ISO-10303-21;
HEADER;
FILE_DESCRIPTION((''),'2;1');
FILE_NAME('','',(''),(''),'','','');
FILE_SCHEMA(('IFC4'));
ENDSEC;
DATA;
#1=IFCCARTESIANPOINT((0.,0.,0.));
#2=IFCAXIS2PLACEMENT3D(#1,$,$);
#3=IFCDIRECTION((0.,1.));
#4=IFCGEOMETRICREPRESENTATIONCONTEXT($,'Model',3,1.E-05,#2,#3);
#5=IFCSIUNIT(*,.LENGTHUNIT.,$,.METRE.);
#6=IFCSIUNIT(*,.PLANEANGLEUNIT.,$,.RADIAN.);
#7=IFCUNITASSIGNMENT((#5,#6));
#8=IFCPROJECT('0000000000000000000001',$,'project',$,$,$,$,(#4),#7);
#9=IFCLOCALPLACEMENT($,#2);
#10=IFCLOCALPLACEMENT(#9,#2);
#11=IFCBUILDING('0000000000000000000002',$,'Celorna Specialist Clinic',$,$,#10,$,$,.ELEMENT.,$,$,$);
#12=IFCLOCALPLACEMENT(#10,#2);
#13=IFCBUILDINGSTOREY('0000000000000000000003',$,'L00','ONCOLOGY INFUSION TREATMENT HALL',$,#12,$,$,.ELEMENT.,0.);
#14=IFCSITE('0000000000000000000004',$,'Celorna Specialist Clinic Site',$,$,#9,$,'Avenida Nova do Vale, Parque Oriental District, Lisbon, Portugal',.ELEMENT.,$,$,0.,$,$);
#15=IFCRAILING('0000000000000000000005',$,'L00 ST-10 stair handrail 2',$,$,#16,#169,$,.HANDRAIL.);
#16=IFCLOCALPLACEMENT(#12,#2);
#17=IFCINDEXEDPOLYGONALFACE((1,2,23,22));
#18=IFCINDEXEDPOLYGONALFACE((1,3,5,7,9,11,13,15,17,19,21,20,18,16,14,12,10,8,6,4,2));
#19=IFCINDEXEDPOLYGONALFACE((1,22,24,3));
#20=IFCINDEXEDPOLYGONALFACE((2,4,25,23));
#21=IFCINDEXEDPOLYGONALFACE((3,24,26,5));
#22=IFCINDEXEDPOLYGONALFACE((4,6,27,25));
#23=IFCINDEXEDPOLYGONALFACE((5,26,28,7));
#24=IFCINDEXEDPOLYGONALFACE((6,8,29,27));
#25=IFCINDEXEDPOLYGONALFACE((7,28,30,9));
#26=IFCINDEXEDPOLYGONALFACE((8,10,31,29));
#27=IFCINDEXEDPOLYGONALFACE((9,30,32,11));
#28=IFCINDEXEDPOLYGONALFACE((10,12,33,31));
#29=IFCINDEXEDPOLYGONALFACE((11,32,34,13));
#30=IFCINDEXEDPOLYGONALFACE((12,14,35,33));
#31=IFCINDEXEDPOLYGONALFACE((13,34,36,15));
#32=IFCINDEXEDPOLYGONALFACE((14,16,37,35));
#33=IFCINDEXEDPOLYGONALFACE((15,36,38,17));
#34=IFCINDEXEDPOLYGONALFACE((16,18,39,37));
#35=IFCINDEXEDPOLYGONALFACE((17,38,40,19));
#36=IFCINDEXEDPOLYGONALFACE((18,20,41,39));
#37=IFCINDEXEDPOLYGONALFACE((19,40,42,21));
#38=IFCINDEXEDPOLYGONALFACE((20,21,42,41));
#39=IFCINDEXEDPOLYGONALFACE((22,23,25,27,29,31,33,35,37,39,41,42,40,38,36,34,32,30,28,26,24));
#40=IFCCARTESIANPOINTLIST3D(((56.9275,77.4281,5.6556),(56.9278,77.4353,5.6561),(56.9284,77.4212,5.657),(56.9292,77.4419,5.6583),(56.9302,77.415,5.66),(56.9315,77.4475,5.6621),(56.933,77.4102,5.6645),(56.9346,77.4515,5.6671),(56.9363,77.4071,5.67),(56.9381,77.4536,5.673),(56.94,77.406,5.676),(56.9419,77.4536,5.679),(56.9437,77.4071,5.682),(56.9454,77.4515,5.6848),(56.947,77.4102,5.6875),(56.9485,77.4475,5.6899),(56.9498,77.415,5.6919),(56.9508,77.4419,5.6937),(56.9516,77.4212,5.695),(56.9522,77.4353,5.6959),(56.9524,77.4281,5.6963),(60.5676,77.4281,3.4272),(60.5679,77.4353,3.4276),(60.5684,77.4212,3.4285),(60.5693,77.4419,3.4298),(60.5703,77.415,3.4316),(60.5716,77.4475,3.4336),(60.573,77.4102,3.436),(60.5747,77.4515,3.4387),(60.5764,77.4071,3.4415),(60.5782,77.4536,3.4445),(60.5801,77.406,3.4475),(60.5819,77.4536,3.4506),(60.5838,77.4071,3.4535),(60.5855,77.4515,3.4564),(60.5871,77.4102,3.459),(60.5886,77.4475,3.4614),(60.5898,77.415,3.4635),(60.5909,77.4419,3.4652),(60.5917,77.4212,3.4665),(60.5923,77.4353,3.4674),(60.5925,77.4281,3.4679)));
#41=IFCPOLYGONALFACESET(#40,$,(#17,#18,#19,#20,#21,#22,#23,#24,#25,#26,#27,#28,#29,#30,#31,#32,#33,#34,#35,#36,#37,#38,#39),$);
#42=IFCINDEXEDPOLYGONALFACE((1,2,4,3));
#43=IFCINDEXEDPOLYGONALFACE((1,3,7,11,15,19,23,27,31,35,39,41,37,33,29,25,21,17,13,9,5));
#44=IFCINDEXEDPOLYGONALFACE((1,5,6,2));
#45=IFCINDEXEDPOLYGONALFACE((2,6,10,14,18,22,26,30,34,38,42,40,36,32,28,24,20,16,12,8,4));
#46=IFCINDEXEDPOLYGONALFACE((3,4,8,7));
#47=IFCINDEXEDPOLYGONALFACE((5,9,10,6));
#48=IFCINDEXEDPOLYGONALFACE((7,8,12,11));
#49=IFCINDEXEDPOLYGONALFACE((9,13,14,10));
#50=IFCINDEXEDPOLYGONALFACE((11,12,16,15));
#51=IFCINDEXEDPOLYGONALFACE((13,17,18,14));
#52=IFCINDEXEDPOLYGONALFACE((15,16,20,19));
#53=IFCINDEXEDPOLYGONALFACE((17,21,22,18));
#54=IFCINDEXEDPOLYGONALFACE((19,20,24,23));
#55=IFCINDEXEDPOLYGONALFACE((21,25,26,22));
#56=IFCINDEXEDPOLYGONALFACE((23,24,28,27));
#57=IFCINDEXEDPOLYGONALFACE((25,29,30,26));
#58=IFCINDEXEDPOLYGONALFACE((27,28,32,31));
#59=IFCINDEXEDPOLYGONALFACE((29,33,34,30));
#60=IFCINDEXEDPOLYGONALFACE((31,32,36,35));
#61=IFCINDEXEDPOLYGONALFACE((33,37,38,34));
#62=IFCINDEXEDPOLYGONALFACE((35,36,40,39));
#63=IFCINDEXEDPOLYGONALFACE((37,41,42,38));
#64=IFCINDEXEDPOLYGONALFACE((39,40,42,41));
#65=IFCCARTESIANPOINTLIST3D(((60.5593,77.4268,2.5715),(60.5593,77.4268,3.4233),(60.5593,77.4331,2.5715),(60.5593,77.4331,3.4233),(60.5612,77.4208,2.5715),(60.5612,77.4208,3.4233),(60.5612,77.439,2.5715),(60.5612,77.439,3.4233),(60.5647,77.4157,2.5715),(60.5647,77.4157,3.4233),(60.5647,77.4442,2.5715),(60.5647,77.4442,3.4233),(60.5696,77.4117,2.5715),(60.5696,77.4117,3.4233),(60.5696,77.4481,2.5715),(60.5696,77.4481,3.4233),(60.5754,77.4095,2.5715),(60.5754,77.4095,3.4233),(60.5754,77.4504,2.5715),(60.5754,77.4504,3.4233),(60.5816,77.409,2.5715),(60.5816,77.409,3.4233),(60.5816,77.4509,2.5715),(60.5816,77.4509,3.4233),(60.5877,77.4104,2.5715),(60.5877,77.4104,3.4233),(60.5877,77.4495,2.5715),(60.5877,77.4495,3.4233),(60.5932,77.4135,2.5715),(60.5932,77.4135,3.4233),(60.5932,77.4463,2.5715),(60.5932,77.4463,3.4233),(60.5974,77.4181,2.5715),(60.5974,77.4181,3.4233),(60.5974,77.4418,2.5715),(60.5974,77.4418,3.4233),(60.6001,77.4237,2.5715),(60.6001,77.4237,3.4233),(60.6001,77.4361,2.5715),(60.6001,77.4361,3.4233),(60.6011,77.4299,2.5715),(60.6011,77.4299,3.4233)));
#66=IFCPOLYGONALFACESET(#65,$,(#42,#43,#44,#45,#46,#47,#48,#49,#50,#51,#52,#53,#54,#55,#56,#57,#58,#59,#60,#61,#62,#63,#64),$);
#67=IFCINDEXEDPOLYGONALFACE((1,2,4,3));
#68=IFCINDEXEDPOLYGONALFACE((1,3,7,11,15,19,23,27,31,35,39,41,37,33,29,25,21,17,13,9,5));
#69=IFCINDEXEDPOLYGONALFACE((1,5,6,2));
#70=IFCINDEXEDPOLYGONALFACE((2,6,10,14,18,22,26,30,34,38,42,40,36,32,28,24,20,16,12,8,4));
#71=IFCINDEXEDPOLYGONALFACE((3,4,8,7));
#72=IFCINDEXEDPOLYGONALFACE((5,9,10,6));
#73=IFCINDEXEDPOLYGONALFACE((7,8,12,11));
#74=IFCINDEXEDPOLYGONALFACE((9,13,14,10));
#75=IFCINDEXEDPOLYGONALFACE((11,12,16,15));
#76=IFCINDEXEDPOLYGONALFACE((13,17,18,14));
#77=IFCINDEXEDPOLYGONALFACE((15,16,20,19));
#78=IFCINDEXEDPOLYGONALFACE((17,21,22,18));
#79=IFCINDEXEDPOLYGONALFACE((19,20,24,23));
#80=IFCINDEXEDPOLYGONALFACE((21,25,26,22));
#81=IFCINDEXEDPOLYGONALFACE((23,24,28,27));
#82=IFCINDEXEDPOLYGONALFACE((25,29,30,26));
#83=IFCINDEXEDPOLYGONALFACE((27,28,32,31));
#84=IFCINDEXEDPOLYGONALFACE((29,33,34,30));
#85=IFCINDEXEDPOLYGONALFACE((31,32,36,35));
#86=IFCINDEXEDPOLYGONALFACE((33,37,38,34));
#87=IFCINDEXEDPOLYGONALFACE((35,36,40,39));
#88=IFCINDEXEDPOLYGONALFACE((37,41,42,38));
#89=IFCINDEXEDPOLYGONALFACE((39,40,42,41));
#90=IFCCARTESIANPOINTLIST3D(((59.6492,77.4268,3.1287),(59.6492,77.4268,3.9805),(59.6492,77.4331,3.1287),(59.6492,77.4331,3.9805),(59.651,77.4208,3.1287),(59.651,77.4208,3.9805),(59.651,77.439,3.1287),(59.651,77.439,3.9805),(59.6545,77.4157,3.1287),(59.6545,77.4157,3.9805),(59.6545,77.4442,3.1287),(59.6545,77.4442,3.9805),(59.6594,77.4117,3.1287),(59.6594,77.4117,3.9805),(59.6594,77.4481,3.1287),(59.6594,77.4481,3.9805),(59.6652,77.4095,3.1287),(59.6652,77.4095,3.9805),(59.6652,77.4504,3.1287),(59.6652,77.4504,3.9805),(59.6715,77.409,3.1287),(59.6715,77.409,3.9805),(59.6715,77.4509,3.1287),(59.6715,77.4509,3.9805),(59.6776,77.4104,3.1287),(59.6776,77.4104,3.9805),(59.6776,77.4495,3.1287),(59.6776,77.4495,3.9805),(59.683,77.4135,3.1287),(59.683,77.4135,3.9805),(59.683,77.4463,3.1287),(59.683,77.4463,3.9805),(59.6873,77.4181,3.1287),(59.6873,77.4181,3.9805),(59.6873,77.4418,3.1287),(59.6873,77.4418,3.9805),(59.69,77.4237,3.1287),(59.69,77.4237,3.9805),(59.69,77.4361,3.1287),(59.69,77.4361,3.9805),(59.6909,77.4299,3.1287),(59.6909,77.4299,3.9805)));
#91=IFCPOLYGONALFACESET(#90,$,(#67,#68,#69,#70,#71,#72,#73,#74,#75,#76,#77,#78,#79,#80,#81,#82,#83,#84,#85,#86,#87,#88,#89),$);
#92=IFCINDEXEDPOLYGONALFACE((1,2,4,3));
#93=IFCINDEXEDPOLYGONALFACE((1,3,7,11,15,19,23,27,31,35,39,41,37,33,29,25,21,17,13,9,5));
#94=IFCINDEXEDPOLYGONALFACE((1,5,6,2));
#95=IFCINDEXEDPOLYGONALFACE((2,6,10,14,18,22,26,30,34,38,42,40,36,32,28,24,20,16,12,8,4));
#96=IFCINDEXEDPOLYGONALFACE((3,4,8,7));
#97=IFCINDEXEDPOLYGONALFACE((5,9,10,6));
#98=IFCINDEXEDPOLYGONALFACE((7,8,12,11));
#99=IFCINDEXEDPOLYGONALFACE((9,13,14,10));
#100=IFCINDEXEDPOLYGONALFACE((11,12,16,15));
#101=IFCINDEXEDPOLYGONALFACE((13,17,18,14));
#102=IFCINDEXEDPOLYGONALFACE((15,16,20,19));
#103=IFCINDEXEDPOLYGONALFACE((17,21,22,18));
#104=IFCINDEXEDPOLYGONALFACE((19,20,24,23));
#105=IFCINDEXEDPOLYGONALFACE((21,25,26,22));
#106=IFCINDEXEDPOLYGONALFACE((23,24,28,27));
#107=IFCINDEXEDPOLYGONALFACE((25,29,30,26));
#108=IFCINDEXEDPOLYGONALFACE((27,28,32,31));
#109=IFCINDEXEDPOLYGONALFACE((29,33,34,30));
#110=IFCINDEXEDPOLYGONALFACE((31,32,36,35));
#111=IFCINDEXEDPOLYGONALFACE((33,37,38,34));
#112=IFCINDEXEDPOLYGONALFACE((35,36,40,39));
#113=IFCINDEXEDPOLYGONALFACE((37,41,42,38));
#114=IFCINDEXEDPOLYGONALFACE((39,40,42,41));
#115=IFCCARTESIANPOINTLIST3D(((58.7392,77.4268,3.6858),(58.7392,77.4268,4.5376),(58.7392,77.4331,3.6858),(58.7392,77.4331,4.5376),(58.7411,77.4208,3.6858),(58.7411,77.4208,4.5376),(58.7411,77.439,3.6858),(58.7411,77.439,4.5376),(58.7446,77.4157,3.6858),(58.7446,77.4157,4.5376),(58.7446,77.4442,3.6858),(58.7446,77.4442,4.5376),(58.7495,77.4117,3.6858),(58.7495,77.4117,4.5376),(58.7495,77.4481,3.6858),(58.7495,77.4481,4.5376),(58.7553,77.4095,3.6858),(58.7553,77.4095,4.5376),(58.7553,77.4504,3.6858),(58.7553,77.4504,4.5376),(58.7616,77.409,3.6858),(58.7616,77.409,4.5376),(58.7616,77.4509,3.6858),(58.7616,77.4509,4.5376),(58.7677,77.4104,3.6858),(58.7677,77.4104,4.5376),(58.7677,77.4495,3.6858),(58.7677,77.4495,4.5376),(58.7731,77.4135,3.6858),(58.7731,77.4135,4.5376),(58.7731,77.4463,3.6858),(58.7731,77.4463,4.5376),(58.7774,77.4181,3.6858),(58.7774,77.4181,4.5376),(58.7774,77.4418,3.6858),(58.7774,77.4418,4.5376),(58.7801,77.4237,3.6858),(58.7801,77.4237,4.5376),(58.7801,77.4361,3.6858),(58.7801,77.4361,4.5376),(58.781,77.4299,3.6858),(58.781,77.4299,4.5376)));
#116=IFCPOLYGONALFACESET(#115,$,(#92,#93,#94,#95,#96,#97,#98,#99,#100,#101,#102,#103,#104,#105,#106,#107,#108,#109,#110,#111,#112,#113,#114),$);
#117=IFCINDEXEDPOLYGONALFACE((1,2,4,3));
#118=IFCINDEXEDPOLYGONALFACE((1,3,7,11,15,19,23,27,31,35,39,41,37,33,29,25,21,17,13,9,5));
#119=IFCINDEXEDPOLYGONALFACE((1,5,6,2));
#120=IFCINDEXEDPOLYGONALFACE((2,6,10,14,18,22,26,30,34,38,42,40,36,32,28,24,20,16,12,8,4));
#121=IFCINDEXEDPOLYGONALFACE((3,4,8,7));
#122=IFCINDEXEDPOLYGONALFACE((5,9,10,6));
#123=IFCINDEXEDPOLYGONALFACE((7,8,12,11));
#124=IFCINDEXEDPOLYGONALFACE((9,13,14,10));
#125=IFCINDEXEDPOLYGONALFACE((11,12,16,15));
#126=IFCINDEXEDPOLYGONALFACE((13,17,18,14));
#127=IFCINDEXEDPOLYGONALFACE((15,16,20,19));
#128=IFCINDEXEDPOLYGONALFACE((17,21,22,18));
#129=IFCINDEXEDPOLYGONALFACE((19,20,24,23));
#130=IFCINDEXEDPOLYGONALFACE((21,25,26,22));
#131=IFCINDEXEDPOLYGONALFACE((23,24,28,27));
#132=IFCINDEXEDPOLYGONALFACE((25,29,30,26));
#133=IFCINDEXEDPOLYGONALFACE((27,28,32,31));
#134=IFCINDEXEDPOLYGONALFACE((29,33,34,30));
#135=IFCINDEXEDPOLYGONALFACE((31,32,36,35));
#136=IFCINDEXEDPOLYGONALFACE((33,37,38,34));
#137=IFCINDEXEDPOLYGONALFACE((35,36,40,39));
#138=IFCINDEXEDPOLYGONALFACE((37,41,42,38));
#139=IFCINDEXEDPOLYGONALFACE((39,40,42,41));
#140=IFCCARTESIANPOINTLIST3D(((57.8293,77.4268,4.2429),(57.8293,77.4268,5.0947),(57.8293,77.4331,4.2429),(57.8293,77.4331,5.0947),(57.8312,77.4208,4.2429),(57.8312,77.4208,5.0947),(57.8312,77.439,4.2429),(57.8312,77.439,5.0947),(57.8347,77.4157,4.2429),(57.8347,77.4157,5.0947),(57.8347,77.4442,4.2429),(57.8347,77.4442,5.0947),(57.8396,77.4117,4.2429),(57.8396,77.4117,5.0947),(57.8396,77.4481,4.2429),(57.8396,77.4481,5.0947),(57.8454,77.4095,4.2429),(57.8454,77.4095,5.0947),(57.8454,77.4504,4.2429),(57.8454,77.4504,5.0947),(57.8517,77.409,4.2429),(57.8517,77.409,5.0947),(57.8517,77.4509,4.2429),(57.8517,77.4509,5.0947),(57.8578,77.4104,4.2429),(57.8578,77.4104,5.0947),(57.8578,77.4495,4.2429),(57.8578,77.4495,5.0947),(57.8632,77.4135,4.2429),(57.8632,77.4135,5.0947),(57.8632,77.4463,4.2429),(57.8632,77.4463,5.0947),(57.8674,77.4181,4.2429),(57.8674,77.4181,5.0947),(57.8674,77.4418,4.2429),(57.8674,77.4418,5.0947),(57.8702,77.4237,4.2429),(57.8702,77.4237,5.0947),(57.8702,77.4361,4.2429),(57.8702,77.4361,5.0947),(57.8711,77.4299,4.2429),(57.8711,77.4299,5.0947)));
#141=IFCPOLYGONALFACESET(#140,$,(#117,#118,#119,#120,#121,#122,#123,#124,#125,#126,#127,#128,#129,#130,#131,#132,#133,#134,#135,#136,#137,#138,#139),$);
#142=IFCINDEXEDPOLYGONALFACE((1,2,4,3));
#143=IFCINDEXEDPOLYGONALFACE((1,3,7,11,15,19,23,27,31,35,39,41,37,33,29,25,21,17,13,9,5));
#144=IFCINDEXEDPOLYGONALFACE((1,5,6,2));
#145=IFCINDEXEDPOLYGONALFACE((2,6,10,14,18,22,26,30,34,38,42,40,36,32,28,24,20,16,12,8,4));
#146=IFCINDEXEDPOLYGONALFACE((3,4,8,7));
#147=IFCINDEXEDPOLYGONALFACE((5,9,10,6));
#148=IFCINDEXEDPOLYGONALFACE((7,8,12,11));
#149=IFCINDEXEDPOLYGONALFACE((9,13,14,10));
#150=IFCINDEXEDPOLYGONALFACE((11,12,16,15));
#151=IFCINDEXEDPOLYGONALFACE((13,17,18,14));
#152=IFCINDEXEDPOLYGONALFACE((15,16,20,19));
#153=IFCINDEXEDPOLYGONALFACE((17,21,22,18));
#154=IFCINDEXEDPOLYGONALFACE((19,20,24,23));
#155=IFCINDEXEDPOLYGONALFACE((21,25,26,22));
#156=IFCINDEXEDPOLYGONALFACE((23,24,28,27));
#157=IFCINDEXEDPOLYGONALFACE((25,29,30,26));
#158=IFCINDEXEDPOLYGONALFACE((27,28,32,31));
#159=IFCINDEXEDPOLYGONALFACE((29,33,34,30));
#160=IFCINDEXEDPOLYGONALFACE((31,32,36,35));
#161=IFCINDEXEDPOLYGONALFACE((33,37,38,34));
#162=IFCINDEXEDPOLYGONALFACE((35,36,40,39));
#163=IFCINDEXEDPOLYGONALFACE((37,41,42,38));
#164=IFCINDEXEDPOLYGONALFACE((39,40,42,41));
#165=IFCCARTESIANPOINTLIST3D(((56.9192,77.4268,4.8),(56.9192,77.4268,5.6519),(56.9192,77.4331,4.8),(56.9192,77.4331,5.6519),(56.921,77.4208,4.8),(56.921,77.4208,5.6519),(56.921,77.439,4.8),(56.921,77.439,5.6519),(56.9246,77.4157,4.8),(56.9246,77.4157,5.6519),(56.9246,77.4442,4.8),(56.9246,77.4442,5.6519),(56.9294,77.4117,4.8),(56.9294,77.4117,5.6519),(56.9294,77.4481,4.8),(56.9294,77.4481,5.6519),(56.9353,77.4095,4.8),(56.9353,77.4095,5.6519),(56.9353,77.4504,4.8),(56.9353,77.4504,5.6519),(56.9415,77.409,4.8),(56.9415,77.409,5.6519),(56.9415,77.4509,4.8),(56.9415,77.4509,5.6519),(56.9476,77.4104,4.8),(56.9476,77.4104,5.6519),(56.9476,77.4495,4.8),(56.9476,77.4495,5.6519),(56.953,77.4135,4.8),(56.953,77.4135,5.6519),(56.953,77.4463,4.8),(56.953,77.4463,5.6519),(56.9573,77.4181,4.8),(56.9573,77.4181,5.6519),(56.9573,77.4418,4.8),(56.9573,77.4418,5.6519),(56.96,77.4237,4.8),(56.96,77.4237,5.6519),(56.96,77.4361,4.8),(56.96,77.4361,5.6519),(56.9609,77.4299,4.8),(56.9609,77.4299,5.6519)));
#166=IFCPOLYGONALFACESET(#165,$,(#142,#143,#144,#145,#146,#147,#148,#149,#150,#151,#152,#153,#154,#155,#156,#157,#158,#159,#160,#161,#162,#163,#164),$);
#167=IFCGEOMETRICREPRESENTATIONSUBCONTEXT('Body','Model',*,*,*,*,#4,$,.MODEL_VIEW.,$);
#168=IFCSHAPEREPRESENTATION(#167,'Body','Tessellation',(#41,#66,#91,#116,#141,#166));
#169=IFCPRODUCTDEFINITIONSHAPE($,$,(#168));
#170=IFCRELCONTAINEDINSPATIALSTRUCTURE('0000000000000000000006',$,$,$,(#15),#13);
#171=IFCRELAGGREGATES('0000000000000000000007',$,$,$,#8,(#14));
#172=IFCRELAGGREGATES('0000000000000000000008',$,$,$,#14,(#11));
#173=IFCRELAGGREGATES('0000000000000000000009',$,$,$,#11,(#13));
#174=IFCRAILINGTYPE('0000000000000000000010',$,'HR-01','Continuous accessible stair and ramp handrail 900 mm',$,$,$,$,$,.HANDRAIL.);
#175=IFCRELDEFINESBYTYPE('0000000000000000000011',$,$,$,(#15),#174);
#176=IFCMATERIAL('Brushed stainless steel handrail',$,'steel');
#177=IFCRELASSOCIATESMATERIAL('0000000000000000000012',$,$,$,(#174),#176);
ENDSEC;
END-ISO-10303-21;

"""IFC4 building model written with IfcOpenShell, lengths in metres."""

from ifc_helpers import new_model, si_unit, direction, frame, origin, origin_2d, place, context, subcontext, project, spatial, circle, extrude, material, type_object, element, save


model = new_model("IFC4")

# Units and contexts
model_context = context("Model", 3, precision=1e-05, world=origin(), true_north=direction((0.0, 1.0)))
body_context = subcontext(model_context, "Body", "Model", "MODEL_VIEW")
ifc_project = project(units=[si_unit("LENGTHUNIT", "METRE"), si_unit("PLANEANGLEUNIT", "RADIAN")], contexts=[model_context])

# Site, building, storey
site_placement = place(None, origin())
site = spatial("IfcSite", under=ifc_project, at=site_placement, Name="Celorna Specialist Clinic Site", LongName="Avenida Nova do Vale, Parque Oriental District, Lisbon, Portugal", CompositionType="ELEMENT", RefElevation=0.0)
building_placement = place(site_placement, origin())
building = spatial("IfcBuilding", under=site, at=building_placement, Name="Celorna Specialist Clinic", CompositionType="ELEMENT")
storey_placement = place(building_placement, origin())
storey = spatial("IfcBuildingStorey", under=building, at=storey_placement, Name="L00", Description="ONCOLOGY INFUSION TREATMENT HALL", CompositionType="ELEMENT", Elevation=0.0)

# Railing
ifc_material_1 = material(Name="Brushed stainless steel handrail", Category="steel")
railing_type_1 = type_object("IfcRailingType", Name="HR-01", Description="Continuous accessible stair and ramp handrail 900 mm", PredefinedType="HANDRAIL", material=ifc_material_1)
railing_1_placement = place(storey_placement, frame((60.5801, 77.4299, 2.5715)))
element("IfcRailing", 1, at=railing_1_placement, inside=storey, type_object=railing_type_1, Name="L00 ST-10 stair handrail 2", PredefinedType="HANDRAIL", context=body_context, shape_type="SweptSolid", body=[
    extrude(circle(Radius=0.0239, at=origin_2d()), frame((0.0, 0.0, 0.876), z_axis=(-0.852866, 0.0, 0.52213), x_axis=(0.0, -1.0, 0.0)), (0.0, 0.0, 1.0), 4.2681),
    extrude(circle(Radius=0.021, at=origin_2d()), origin(), (0.0, 0.0, 1.0), 0.8518),
    extrude(circle(Radius=0.021, at=origin_2d()), frame((-0.9102, 0.0, 0.5571)), (0.0, 0.0, 1.0), 0.8518),
    extrude(circle(Radius=0.021, at=origin_2d()), frame((-1.8201, 0.0, 1.1143)), (0.0, 0.0, 1.0), 0.8518),
    extrude(circle(Radius=0.021, at=origin_2d()), frame((-2.73, 0.0, 1.6714)), (0.0, 0.0, 1.0), 0.8518),
    extrude(circle(Radius=0.021, at=origin_2d()), frame((-3.6401, 0.0, 2.2285)), (0.0, 0.0, 1.0), 0.8518),
])

save(model, "model.ifc")
